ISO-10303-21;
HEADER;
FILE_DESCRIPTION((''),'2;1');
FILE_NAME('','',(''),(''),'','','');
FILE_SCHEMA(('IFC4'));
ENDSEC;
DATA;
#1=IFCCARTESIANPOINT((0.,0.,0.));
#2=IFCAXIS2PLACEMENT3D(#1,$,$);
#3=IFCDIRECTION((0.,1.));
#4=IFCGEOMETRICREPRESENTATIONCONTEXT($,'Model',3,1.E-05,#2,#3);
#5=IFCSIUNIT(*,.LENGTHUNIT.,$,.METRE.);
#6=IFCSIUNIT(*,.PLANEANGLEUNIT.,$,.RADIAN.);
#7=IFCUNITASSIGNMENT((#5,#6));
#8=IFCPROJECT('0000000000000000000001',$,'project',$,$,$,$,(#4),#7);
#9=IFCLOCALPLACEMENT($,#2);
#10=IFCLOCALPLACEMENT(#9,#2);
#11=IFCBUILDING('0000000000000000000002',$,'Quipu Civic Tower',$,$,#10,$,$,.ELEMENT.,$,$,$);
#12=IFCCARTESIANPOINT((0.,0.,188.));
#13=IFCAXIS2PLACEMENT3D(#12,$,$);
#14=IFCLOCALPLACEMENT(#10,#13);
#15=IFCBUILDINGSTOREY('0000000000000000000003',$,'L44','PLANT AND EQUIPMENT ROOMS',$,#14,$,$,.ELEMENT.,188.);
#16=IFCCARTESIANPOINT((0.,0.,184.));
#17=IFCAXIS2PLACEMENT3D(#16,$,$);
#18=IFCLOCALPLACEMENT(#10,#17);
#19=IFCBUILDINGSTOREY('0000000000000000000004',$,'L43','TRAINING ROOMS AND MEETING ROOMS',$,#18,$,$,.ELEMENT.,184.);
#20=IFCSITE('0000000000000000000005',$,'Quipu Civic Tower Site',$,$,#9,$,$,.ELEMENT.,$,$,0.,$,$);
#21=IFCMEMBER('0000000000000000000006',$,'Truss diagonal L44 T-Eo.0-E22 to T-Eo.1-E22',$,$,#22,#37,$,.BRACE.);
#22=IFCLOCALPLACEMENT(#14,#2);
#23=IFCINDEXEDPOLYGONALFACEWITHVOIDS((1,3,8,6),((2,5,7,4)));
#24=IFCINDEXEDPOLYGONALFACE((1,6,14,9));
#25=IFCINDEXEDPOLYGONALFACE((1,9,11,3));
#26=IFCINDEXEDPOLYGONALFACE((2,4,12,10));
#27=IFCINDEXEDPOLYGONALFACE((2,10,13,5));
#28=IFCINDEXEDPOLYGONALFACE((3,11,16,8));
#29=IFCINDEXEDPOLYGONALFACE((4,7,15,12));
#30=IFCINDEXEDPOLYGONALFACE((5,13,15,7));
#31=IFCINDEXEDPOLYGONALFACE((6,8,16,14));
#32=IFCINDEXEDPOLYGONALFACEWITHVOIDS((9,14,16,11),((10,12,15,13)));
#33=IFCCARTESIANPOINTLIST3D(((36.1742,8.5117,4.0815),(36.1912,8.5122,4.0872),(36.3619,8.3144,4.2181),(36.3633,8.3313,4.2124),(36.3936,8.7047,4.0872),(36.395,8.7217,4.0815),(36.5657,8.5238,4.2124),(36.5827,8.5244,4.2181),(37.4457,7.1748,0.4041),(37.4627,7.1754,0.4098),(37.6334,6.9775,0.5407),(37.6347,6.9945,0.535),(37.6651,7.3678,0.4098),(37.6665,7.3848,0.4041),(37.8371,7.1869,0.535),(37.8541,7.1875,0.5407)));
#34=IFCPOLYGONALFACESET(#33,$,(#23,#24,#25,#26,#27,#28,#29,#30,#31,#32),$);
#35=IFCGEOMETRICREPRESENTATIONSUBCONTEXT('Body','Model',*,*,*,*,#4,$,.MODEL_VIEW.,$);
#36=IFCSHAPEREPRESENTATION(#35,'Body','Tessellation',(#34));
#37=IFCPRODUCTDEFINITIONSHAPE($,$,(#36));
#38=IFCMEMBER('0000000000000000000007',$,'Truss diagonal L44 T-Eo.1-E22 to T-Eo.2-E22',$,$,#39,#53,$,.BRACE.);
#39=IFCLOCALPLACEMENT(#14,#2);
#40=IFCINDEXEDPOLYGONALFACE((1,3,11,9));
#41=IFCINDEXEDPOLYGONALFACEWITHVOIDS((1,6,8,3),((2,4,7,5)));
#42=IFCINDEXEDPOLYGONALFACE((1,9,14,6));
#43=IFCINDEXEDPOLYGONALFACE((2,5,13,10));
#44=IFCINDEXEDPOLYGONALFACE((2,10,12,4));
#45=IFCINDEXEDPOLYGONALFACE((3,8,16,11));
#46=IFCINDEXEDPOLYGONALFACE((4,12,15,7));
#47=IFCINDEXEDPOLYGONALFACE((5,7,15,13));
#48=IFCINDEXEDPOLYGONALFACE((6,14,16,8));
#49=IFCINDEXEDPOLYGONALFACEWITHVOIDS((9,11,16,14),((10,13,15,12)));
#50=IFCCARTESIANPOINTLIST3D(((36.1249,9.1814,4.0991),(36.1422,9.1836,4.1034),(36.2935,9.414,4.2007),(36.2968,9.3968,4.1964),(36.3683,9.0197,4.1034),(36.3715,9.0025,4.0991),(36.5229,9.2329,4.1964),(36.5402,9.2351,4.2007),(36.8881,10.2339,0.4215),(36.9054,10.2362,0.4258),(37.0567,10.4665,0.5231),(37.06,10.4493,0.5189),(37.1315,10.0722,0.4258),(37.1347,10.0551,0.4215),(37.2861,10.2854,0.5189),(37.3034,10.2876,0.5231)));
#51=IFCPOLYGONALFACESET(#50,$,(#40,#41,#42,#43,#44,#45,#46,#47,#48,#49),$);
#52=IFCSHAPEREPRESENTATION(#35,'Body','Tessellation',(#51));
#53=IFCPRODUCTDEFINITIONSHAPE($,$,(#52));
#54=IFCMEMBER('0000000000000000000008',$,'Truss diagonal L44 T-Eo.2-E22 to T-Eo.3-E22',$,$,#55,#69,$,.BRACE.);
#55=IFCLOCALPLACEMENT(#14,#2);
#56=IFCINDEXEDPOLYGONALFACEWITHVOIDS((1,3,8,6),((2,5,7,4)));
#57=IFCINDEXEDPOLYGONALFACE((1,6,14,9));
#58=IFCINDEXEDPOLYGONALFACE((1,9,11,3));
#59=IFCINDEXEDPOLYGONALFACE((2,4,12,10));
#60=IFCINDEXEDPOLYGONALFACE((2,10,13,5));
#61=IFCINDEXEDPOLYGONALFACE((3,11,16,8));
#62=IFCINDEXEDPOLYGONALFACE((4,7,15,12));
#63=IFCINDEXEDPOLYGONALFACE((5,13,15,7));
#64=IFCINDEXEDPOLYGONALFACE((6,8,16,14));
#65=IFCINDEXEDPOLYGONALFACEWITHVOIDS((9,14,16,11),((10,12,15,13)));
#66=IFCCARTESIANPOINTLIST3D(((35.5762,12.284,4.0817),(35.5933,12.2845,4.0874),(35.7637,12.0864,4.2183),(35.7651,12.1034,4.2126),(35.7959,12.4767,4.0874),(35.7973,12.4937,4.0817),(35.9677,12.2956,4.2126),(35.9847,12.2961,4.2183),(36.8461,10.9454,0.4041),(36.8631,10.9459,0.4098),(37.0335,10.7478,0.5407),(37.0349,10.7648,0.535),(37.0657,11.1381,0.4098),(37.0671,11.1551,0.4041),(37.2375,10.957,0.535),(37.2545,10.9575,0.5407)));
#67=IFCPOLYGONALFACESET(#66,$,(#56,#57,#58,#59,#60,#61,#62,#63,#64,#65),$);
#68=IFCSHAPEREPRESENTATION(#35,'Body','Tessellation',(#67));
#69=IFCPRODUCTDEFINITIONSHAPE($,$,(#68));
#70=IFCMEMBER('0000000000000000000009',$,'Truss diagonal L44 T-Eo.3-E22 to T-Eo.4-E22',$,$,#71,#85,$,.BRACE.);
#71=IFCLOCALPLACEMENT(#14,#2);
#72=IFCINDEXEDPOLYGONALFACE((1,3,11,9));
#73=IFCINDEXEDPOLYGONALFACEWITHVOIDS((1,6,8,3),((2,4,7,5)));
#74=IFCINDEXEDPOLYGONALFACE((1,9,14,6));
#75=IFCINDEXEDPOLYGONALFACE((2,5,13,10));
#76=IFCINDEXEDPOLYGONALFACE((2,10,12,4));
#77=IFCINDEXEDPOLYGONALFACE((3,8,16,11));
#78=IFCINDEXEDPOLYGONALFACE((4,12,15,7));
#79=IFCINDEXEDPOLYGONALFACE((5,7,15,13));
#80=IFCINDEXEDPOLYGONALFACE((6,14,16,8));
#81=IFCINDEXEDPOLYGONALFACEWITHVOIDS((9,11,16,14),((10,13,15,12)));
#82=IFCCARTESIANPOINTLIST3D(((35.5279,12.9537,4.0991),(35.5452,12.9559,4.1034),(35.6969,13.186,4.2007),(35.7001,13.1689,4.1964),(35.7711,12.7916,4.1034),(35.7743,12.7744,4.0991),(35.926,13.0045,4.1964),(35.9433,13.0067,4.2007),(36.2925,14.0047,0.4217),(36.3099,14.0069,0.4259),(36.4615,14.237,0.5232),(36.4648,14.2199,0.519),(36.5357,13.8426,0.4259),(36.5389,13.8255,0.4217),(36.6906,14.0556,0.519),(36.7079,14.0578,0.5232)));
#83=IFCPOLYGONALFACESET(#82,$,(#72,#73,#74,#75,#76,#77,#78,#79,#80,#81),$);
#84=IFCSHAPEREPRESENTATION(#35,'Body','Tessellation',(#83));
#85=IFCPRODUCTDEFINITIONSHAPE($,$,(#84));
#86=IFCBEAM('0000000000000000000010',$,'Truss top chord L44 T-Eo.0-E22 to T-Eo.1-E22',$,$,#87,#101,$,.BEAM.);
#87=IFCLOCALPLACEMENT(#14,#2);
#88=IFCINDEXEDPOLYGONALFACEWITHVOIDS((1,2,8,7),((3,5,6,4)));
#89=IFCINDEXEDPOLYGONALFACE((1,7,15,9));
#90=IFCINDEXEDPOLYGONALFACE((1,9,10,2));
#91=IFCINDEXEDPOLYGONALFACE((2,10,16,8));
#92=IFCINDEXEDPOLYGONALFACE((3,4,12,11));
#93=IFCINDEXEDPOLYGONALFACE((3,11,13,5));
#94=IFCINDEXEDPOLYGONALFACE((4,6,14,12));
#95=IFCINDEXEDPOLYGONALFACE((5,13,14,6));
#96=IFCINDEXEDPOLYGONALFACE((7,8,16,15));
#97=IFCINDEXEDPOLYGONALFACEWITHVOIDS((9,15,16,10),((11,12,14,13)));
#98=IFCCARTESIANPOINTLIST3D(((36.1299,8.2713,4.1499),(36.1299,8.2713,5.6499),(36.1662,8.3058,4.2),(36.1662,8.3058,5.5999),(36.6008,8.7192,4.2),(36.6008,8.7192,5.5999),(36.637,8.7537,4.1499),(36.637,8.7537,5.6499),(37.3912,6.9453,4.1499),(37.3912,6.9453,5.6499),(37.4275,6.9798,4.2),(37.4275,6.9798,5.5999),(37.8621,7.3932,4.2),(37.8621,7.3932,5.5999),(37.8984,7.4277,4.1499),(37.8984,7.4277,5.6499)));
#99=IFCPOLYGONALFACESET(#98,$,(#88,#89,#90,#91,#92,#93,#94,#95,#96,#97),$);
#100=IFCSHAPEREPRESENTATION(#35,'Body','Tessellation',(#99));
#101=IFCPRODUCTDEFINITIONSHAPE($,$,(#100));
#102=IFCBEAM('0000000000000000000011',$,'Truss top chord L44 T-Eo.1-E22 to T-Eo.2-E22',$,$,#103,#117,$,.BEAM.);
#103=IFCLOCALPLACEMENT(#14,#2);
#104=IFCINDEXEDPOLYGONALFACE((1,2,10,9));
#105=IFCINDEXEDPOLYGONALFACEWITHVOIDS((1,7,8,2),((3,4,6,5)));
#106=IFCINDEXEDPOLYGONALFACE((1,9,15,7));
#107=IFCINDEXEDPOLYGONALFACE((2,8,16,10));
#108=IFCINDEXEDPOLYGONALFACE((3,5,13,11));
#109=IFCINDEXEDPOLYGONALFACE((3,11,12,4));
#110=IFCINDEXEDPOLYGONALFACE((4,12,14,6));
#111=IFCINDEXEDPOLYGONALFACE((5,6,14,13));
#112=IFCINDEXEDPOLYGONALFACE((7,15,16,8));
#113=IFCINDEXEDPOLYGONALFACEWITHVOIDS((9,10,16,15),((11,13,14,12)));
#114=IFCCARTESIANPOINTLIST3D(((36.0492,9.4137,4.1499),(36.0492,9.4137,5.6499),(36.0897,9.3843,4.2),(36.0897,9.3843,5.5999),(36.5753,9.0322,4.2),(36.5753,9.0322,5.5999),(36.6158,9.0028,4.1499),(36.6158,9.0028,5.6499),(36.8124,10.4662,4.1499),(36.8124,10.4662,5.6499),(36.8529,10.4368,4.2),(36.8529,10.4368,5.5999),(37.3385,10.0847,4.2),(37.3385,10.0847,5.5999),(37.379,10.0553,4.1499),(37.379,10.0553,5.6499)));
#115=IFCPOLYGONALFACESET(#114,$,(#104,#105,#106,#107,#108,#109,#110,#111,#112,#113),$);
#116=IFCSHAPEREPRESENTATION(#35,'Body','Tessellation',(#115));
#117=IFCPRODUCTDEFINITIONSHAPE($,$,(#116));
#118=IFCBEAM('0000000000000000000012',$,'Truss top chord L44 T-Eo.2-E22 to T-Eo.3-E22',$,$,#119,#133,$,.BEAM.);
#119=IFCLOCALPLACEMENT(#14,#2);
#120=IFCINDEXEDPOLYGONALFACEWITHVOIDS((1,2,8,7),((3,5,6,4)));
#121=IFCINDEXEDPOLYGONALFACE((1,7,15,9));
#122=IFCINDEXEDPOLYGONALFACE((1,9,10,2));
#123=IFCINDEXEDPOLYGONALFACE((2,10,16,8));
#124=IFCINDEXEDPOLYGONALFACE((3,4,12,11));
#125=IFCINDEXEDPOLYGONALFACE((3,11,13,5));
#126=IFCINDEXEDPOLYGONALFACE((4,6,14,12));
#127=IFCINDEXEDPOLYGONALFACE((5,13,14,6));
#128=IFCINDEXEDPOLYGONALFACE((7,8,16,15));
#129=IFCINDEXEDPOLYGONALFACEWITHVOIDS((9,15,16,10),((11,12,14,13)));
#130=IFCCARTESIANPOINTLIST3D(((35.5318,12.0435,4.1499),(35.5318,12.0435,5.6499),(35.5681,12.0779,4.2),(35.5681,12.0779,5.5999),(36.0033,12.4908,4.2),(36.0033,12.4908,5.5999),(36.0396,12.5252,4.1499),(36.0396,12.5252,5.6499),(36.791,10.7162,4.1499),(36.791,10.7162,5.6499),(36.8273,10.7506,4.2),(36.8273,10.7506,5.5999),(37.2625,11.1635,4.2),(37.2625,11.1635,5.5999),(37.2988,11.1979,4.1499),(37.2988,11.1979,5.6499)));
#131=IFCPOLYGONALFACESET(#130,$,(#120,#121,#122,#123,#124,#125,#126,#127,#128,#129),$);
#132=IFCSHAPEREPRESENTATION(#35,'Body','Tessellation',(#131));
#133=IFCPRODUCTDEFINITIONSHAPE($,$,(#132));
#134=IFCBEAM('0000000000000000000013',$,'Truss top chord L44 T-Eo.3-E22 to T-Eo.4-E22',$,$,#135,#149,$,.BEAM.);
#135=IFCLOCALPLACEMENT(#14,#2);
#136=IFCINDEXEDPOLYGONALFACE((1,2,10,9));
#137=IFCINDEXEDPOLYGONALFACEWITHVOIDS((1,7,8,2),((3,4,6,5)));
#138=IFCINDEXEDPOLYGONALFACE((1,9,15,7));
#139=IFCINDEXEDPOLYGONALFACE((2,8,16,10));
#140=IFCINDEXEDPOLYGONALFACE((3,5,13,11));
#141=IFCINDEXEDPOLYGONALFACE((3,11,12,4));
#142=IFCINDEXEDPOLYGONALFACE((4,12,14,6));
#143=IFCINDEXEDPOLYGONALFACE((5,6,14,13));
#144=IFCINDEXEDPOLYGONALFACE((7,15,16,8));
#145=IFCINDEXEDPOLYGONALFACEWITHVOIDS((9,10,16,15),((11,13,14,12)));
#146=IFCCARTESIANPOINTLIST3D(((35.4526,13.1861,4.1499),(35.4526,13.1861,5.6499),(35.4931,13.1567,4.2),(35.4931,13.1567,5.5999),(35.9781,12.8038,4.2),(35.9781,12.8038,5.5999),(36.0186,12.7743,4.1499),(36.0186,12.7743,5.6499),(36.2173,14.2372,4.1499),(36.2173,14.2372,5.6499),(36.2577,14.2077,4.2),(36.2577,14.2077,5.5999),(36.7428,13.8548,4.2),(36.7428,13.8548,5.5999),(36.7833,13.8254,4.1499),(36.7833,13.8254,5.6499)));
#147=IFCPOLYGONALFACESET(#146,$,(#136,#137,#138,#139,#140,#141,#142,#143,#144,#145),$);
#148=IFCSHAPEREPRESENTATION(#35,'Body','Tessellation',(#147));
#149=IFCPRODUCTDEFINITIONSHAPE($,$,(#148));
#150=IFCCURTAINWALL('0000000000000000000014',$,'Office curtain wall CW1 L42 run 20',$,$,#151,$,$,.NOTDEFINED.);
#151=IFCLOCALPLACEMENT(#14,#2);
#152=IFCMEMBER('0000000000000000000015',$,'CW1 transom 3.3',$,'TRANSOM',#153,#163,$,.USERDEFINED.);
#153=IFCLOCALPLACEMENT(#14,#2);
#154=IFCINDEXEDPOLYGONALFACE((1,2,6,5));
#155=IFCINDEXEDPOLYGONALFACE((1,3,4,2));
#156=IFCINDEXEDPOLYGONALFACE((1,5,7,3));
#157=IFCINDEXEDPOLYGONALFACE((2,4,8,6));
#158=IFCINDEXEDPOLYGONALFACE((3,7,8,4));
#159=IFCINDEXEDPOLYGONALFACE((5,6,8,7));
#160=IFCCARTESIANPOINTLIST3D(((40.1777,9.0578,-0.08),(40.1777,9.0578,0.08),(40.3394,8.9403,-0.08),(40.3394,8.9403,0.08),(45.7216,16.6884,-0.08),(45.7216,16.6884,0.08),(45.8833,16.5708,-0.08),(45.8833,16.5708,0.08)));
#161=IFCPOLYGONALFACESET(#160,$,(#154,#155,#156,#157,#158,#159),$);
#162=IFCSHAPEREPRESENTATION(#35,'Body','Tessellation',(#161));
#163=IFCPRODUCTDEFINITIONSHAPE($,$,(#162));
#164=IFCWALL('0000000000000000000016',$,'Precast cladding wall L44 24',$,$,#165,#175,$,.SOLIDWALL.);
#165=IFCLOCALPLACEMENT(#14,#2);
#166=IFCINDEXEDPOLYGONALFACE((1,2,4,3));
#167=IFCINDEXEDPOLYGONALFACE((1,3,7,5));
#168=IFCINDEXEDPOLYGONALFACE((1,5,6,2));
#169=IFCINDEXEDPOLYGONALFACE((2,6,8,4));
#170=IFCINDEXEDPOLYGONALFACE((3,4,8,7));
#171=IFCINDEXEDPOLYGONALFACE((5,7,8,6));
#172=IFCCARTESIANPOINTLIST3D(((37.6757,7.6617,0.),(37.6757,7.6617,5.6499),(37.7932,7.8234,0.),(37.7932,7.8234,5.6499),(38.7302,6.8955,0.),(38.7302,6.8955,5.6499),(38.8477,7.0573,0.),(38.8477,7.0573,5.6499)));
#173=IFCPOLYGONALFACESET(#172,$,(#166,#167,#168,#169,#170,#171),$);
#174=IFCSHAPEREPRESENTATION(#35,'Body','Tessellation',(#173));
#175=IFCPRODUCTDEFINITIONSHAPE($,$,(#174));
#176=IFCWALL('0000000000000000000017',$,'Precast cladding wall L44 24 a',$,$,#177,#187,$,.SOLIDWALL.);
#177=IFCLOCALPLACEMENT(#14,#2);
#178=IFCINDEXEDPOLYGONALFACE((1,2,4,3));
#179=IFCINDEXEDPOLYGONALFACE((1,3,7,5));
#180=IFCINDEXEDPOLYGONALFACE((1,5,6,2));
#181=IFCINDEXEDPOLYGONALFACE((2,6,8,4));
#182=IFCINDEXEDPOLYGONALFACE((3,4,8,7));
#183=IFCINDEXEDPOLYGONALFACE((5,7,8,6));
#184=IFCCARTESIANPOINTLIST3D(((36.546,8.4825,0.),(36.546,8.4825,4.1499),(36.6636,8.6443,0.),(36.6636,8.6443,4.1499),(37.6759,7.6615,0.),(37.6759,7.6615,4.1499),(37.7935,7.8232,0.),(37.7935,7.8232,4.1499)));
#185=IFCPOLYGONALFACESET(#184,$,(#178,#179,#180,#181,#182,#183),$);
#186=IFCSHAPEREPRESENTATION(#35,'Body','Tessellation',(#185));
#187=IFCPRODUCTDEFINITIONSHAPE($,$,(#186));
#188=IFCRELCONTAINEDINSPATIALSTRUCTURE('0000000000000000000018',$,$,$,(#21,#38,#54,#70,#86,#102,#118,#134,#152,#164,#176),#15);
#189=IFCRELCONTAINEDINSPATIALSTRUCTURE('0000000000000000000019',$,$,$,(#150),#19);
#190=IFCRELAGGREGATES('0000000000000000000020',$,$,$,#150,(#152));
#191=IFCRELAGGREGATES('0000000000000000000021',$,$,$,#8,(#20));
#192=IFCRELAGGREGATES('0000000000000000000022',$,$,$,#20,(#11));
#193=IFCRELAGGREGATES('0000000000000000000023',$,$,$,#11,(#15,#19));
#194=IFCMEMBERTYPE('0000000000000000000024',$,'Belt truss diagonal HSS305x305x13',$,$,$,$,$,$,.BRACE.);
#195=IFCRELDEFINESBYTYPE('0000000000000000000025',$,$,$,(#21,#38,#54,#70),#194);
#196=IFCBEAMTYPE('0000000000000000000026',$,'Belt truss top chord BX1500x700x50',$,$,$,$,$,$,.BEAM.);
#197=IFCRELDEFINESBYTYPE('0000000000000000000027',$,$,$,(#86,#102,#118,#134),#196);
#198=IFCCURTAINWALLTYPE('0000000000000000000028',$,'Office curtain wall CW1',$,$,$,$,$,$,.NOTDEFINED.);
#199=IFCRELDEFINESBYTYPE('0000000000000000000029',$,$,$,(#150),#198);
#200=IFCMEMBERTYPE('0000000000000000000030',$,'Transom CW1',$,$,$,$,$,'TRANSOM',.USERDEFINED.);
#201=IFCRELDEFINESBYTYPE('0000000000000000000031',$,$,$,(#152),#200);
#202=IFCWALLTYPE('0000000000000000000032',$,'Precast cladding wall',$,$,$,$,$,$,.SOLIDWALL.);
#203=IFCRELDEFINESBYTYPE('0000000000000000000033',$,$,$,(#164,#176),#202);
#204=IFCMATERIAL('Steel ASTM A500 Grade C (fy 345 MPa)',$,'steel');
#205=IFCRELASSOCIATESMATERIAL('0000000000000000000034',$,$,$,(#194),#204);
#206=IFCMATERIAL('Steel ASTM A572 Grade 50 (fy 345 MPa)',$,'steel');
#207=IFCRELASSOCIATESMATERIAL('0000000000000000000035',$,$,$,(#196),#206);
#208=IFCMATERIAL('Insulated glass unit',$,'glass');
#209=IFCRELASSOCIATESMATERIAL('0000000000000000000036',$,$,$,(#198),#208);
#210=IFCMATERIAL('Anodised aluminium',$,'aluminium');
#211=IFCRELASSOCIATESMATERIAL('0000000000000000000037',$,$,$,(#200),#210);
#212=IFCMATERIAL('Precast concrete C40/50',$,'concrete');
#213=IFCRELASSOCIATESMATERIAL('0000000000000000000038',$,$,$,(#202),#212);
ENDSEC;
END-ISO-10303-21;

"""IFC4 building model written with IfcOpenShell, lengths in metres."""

from ifc_helpers import new_model, si_unit, direction, frame, frame_2d, origin, origin_2d, place, context, subcontext, project, spatial, rectangle, hollow_rectangle, extrude, material, material_profile, profile_set, type_object, element, aggregate, save


model = new_model("IFC4")

# Units and contexts
model_context = context("Model", 3, precision=1e-05, world=origin(), true_north=direction((0.0, 1.0)))
body_context = subcontext(model_context, "Body", "Model", "MODEL_VIEW")
ifc_project = project(units=[si_unit("LENGTHUNIT", "METRE"), si_unit("PLANEANGLEUNIT", "RADIAN")], contexts=[model_context])

# Site, building, storey
site_placement = place(None, origin())
site = spatial("IfcSite", under=ifc_project, at=site_placement, Name="Quipu Civic Tower Site", CompositionType="ELEMENT", RefElevation=0.0)
building_placement = place(site_placement, origin())
building = spatial("IfcBuilding", under=site, at=building_placement, Name="Quipu Civic Tower", CompositionType="ELEMENT")
storey_1_placement = place(building_placement, frame((0.0, 0.0, 188.0)))
storey_1 = spatial("IfcBuildingStorey", under=building, at=storey_1_placement, Name="L44", Description="PLANT AND EQUIPMENT ROOMS", CompositionType="ELEMENT", Elevation=188.0)

# Members
ifc_material_1 = material(Name="Steel ASTM A500 Grade C (fy 345 MPa)", Category="steel")
ifc_material_profile_1 = material_profile(ifc_material_1, hollow_rectangle(XDim=0.3047, YDim=0.3047, WallThickness=0.0127, at=origin_2d()), Name="HSS305x305x13")
ifc_profile_set_1 = profile_set([ifc_material_profile_1], Name="Steel ASTM A500 Grade C (fy 345 MPa)")
member_type_1 = type_object("IfcMemberType", Name="Belt truss diagonal HSS305x305x13", PredefinedType="BRACE", material=ifc_profile_set_1)
member_1_placement = place(storey_1_placement, frame((37.6499, 7.1812, 0.4724), z_axis=(-0.309036, 0.324939, 0.893819), x_axis=(-0.724616, -0.689153, 0.0)))
element("IfcMember", 1, at=member_1_placement, inside=storey_1, type_object=member_type_1, Name="Truss diagonal L44 T-Eo.0-E22 to T-Eo.1-E22", PredefinedType="BRACE", context=body_context, shape_type="SweptSolid", body=[
    extrude(hollow_rectangle(XDim=0.3047, YDim=0.3047, WallThickness=0.0127, at=origin_2d()), origin(), (0.0, 0.0, 1.0), 4.1143),
])
member_2_placement = place(storey_1_placement, frame((36.3325, 9.2083, 4.1499), z_axis=(0.195662, 0.269833, -0.942819), x_axis=(-0.809564, 0.587032, 0.0)))
element("IfcMember", 2, at=member_2_placement, inside=storey_1, type_object=member_type_1, Name="Truss diagonal L44 T-Eo.1-E22 to T-Eo.2-E22", PredefinedType="BRACE", context=body_context, shape_type="SweptSolid", body=[
    extrude(hollow_rectangle(XDim=0.3047, YDim=0.3047, WallThickness=0.0127, at=origin_2d()), origin(), (0.0, 0.0, 1.0), 3.9006),
])
member_3_placement = place(storey_1_placement, frame((37.0503, 10.9514, 0.4724), z_axis=(-0.308618, 0.325352, 0.893813), x_axis=(-0.725518, -0.688203, 0.0)))
element("IfcMember", 3, at=member_3_placement, inside=storey_1, type_object=member_type_1, Name="Truss diagonal L44 T-Eo.2-E22 to T-Eo.3-E22", PredefinedType="BRACE", context=body_context, shape_type="SweptSolid", body=[
    extrude(hollow_rectangle(XDim=0.3047, YDim=0.3047, WallThickness=0.0127, at=origin_2d()), origin(), (0.0, 0.0, 1.0), 4.1145),
])
member_4_placement = place(storey_1_placement, frame((35.7356, 12.9802, 4.1499), z_axis=(0.196043, 0.269465, -0.942845), x_axis=(-0.808639, 0.588306, 0.0)))
element("IfcMember", 4, at=member_4_placement, inside=storey_1, type_object=member_type_1, Name="Truss diagonal L44 T-Eo.3-E22 to T-Eo.4-E22", PredefinedType="BRACE", context=body_context, shape_type="SweptSolid", body=[
    extrude(hollow_rectangle(XDim=0.3047, YDim=0.3047, WallThickness=0.0127, at=origin_2d()), origin(), (0.0, 0.0, 1.0), 3.9004),
])

# Beams
ifc_material_2 = material(Name="Steel ASTM A572 Grade 50 (fy 345 MPa)", Category="steel")
ifc_material_profile_2 = material_profile(ifc_material_2, hollow_rectangle(XDim=0.7, YDim=1.5, WallThickness=0.05, at=origin_2d()), Name="BX1500x700x50")
ifc_profile_set_2 = profile_set([ifc_material_profile_2], Name="Steel ASTM A572 Grade 50 (fy 345 MPa)")
beam_type_1 = type_object("IfcBeamType", Name="Belt truss top chord BX1500x700x50", PredefinedType="BEAM", material=ifc_profile_set_2)
beam_1_placement = place(storey_1_placement, frame((37.6448, 7.1865, 4.8999), z_axis=(-0.689209, 0.724563, 0.0), x_axis=(-0.724563, -0.689209, 0.0)))
element("IfcBeam", 5, at=beam_1_placement, inside=storey_1, type_object=beam_type_1, Name="Truss top chord L44 T-Eo.0-E22 to T-Eo.1-E22", PredefinedType="BEAM", context=body_context, shape_type="SweptSolid", body=[
    extrude(hollow_rectangle(XDim=0.7, YDim=1.5, WallThickness=0.05, at=origin_2d()), origin(), (0.0, 0.0, 1.0), 1.8301),
])
beam_2_placement = place(storey_1_placement, frame((36.3325, 9.2083, 4.8999), z_axis=(0.587032, 0.809564, 0.0), x_axis=(-0.809564, 0.587032, 0.0)))
element("IfcBeam", 6, at=beam_2_placement, inside=storey_1, type_object=beam_type_1, Name="Truss top chord L44 T-Eo.1-E22 to T-Eo.2-E22", PredefinedType="BEAM", context=body_context, shape_type="SweptSolid", body=[
    extrude(hollow_rectangle(XDim=0.7, YDim=1.5, WallThickness=0.05, at=origin_2d()), origin(), (0.0, 0.0, 1.0), 1.3),
])
beam_3_placement = place(storey_1_placement, frame((37.0449, 10.957, 4.8999), z_axis=(-0.688248, 0.725476, 0.0), x_axis=(-0.725476, -0.688248, 0.0)))
element("IfcBeam", 7, at=beam_3_placement, inside=storey_1, type_object=beam_type_1, Name="Truss top chord L44 T-Eo.2-E22 to T-Eo.3-E22", PredefinedType="BEAM", context=body_context, shape_type="SweptSolid", body=[
    extrude(hollow_rectangle(XDim=0.7, YDim=1.5, WallThickness=0.05, at=origin_2d()), origin(), (0.0, 0.0, 1.0), 1.8296),
])
beam_4_placement = place(storey_1_placement, frame((35.7356, 12.9802, 4.8999), z_axis=(0.588306, 0.808639, 0.0), x_axis=(-0.808639, 0.588306, 0.0)))
element("IfcBeam", 8, at=beam_4_placement, inside=storey_1, type_object=beam_type_1, Name="Truss top chord L44 T-Eo.3-E22 to T-Eo.4-E22", PredefinedType="BEAM", context=body_context, shape_type="SweptSolid", body=[
    extrude(hollow_rectangle(XDim=0.7, YDim=1.5, WallThickness=0.05, at=origin_2d()), origin(), (0.0, 0.0, 1.0), 1.2998),
])

# Shared definitions
storey_2_placement = place(building_placement, frame((0.0, 0.0, 184.0)))
storey_2 = spatial("IfcBuildingStorey", under=building, at=storey_2_placement, Name="L43", Description="TRAINING ROOMS AND MEETING ROOMS", CompositionType="ELEMENT", Elevation=184.0)

# Curtain wall, member
ifc_material_3 = material(Name="Insulated glass unit", Category="glass")
curtain_wall_type = type_object("IfcCurtainWallType", Name="Office curtain wall CW1", PredefinedType="NOTDEFINED", material=ifc_material_3)
curtain_wall_placement = place(storey_2_placement, origin())
curtain_wall = element("IfcCurtainWall", 9, at=curtain_wall_placement, inside=storey_2, type_object=curtain_wall_type, Name="Office curtain wall CW1 L42 run 20", PredefinedType="NOTDEFINED")
ifc_material_4 = material(Name="Anodised aluminium", Category="aluminium")
ifc_material_profile_3 = material_profile(ifc_material_4, rectangle(XDim=0.2, YDim=0.1599, at=origin_2d()), Name="RECT 200x160")
ifc_profile_set_3 = profile_set([ifc_material_profile_3], Name="Anodised aluminium")
member_type_2 = type_object("IfcMemberType", Name="Transom CW1", ElementType="TRANSOM", PredefinedType="USERDEFINED", material=ifc_profile_set_3)
member_5_placement = place(storey_1_placement, frame((40.2585, 8.999, 0.0), z_axis=(0.587784, 0.809018, 0.0), x_axis=(-0.809018, 0.587784, 0.0)))
member_5 = element("IfcMember", 10, at=member_5_placement, inside=storey_1, type_object=member_type_2, Name="CW1 transom 3.3", ObjectType="TRANSOM", PredefinedType="USERDEFINED", context=body_context, shape_type="SweptSolid", body=[
    extrude(rectangle(XDim=0.2, YDim=0.1599, at=origin_2d()), origin(), (0.0, 0.0, 1.0), 9.4319),
])
aggregate(curtain_wall, [member_5])

# Walls
ifc_material_5 = material(Name="Precast concrete C40/50", Category="concrete")
wall_type = type_object("IfcWallType", Name="Precast cladding wall", PredefinedType="SOLIDWALL", material=ifc_material_5)
wall_1_placement = place(storey_1_placement, frame((38.7891, 6.9763, 0.0), z_axis=(0.0, 0.0, 1.0), x_axis=(-0.809011, 0.587793, 0.0)))
element("IfcWall", 11, at=wall_1_placement, inside=storey_1, type_object=wall_type, Name="Precast cladding wall L44 24", PredefinedType="SOLIDWALL", context=body_context, shape_type="SweptSolid", body=[
    extrude(rectangle(XDim=1.3035, YDim=0.2, at=frame_2d((0.6519, 0.0))), origin(), (0.0, 0.0, 1.0), 5.6499),
])
wall_2_placement = place(storey_1_placement, frame((37.7346, 7.7424, 0.0), z_axis=(0.0, 0.0, 1.0), x_axis=(-0.80897, 0.587849, 0.0)))
element("IfcWall", 12, at=wall_2_placement, inside=storey_1, type_object=wall_type, Name="Precast cladding wall L44 24 a", PredefinedType="SOLIDWALL", context=body_context, shape_type="SweptSolid", body=[
    extrude(rectangle(XDim=1.3967, YDim=0.2, at=frame_2d((0.6982, 0.0))), origin(), (0.0, 0.0, 1.0), 4.1499),
])

save(model, "model.ifc")
